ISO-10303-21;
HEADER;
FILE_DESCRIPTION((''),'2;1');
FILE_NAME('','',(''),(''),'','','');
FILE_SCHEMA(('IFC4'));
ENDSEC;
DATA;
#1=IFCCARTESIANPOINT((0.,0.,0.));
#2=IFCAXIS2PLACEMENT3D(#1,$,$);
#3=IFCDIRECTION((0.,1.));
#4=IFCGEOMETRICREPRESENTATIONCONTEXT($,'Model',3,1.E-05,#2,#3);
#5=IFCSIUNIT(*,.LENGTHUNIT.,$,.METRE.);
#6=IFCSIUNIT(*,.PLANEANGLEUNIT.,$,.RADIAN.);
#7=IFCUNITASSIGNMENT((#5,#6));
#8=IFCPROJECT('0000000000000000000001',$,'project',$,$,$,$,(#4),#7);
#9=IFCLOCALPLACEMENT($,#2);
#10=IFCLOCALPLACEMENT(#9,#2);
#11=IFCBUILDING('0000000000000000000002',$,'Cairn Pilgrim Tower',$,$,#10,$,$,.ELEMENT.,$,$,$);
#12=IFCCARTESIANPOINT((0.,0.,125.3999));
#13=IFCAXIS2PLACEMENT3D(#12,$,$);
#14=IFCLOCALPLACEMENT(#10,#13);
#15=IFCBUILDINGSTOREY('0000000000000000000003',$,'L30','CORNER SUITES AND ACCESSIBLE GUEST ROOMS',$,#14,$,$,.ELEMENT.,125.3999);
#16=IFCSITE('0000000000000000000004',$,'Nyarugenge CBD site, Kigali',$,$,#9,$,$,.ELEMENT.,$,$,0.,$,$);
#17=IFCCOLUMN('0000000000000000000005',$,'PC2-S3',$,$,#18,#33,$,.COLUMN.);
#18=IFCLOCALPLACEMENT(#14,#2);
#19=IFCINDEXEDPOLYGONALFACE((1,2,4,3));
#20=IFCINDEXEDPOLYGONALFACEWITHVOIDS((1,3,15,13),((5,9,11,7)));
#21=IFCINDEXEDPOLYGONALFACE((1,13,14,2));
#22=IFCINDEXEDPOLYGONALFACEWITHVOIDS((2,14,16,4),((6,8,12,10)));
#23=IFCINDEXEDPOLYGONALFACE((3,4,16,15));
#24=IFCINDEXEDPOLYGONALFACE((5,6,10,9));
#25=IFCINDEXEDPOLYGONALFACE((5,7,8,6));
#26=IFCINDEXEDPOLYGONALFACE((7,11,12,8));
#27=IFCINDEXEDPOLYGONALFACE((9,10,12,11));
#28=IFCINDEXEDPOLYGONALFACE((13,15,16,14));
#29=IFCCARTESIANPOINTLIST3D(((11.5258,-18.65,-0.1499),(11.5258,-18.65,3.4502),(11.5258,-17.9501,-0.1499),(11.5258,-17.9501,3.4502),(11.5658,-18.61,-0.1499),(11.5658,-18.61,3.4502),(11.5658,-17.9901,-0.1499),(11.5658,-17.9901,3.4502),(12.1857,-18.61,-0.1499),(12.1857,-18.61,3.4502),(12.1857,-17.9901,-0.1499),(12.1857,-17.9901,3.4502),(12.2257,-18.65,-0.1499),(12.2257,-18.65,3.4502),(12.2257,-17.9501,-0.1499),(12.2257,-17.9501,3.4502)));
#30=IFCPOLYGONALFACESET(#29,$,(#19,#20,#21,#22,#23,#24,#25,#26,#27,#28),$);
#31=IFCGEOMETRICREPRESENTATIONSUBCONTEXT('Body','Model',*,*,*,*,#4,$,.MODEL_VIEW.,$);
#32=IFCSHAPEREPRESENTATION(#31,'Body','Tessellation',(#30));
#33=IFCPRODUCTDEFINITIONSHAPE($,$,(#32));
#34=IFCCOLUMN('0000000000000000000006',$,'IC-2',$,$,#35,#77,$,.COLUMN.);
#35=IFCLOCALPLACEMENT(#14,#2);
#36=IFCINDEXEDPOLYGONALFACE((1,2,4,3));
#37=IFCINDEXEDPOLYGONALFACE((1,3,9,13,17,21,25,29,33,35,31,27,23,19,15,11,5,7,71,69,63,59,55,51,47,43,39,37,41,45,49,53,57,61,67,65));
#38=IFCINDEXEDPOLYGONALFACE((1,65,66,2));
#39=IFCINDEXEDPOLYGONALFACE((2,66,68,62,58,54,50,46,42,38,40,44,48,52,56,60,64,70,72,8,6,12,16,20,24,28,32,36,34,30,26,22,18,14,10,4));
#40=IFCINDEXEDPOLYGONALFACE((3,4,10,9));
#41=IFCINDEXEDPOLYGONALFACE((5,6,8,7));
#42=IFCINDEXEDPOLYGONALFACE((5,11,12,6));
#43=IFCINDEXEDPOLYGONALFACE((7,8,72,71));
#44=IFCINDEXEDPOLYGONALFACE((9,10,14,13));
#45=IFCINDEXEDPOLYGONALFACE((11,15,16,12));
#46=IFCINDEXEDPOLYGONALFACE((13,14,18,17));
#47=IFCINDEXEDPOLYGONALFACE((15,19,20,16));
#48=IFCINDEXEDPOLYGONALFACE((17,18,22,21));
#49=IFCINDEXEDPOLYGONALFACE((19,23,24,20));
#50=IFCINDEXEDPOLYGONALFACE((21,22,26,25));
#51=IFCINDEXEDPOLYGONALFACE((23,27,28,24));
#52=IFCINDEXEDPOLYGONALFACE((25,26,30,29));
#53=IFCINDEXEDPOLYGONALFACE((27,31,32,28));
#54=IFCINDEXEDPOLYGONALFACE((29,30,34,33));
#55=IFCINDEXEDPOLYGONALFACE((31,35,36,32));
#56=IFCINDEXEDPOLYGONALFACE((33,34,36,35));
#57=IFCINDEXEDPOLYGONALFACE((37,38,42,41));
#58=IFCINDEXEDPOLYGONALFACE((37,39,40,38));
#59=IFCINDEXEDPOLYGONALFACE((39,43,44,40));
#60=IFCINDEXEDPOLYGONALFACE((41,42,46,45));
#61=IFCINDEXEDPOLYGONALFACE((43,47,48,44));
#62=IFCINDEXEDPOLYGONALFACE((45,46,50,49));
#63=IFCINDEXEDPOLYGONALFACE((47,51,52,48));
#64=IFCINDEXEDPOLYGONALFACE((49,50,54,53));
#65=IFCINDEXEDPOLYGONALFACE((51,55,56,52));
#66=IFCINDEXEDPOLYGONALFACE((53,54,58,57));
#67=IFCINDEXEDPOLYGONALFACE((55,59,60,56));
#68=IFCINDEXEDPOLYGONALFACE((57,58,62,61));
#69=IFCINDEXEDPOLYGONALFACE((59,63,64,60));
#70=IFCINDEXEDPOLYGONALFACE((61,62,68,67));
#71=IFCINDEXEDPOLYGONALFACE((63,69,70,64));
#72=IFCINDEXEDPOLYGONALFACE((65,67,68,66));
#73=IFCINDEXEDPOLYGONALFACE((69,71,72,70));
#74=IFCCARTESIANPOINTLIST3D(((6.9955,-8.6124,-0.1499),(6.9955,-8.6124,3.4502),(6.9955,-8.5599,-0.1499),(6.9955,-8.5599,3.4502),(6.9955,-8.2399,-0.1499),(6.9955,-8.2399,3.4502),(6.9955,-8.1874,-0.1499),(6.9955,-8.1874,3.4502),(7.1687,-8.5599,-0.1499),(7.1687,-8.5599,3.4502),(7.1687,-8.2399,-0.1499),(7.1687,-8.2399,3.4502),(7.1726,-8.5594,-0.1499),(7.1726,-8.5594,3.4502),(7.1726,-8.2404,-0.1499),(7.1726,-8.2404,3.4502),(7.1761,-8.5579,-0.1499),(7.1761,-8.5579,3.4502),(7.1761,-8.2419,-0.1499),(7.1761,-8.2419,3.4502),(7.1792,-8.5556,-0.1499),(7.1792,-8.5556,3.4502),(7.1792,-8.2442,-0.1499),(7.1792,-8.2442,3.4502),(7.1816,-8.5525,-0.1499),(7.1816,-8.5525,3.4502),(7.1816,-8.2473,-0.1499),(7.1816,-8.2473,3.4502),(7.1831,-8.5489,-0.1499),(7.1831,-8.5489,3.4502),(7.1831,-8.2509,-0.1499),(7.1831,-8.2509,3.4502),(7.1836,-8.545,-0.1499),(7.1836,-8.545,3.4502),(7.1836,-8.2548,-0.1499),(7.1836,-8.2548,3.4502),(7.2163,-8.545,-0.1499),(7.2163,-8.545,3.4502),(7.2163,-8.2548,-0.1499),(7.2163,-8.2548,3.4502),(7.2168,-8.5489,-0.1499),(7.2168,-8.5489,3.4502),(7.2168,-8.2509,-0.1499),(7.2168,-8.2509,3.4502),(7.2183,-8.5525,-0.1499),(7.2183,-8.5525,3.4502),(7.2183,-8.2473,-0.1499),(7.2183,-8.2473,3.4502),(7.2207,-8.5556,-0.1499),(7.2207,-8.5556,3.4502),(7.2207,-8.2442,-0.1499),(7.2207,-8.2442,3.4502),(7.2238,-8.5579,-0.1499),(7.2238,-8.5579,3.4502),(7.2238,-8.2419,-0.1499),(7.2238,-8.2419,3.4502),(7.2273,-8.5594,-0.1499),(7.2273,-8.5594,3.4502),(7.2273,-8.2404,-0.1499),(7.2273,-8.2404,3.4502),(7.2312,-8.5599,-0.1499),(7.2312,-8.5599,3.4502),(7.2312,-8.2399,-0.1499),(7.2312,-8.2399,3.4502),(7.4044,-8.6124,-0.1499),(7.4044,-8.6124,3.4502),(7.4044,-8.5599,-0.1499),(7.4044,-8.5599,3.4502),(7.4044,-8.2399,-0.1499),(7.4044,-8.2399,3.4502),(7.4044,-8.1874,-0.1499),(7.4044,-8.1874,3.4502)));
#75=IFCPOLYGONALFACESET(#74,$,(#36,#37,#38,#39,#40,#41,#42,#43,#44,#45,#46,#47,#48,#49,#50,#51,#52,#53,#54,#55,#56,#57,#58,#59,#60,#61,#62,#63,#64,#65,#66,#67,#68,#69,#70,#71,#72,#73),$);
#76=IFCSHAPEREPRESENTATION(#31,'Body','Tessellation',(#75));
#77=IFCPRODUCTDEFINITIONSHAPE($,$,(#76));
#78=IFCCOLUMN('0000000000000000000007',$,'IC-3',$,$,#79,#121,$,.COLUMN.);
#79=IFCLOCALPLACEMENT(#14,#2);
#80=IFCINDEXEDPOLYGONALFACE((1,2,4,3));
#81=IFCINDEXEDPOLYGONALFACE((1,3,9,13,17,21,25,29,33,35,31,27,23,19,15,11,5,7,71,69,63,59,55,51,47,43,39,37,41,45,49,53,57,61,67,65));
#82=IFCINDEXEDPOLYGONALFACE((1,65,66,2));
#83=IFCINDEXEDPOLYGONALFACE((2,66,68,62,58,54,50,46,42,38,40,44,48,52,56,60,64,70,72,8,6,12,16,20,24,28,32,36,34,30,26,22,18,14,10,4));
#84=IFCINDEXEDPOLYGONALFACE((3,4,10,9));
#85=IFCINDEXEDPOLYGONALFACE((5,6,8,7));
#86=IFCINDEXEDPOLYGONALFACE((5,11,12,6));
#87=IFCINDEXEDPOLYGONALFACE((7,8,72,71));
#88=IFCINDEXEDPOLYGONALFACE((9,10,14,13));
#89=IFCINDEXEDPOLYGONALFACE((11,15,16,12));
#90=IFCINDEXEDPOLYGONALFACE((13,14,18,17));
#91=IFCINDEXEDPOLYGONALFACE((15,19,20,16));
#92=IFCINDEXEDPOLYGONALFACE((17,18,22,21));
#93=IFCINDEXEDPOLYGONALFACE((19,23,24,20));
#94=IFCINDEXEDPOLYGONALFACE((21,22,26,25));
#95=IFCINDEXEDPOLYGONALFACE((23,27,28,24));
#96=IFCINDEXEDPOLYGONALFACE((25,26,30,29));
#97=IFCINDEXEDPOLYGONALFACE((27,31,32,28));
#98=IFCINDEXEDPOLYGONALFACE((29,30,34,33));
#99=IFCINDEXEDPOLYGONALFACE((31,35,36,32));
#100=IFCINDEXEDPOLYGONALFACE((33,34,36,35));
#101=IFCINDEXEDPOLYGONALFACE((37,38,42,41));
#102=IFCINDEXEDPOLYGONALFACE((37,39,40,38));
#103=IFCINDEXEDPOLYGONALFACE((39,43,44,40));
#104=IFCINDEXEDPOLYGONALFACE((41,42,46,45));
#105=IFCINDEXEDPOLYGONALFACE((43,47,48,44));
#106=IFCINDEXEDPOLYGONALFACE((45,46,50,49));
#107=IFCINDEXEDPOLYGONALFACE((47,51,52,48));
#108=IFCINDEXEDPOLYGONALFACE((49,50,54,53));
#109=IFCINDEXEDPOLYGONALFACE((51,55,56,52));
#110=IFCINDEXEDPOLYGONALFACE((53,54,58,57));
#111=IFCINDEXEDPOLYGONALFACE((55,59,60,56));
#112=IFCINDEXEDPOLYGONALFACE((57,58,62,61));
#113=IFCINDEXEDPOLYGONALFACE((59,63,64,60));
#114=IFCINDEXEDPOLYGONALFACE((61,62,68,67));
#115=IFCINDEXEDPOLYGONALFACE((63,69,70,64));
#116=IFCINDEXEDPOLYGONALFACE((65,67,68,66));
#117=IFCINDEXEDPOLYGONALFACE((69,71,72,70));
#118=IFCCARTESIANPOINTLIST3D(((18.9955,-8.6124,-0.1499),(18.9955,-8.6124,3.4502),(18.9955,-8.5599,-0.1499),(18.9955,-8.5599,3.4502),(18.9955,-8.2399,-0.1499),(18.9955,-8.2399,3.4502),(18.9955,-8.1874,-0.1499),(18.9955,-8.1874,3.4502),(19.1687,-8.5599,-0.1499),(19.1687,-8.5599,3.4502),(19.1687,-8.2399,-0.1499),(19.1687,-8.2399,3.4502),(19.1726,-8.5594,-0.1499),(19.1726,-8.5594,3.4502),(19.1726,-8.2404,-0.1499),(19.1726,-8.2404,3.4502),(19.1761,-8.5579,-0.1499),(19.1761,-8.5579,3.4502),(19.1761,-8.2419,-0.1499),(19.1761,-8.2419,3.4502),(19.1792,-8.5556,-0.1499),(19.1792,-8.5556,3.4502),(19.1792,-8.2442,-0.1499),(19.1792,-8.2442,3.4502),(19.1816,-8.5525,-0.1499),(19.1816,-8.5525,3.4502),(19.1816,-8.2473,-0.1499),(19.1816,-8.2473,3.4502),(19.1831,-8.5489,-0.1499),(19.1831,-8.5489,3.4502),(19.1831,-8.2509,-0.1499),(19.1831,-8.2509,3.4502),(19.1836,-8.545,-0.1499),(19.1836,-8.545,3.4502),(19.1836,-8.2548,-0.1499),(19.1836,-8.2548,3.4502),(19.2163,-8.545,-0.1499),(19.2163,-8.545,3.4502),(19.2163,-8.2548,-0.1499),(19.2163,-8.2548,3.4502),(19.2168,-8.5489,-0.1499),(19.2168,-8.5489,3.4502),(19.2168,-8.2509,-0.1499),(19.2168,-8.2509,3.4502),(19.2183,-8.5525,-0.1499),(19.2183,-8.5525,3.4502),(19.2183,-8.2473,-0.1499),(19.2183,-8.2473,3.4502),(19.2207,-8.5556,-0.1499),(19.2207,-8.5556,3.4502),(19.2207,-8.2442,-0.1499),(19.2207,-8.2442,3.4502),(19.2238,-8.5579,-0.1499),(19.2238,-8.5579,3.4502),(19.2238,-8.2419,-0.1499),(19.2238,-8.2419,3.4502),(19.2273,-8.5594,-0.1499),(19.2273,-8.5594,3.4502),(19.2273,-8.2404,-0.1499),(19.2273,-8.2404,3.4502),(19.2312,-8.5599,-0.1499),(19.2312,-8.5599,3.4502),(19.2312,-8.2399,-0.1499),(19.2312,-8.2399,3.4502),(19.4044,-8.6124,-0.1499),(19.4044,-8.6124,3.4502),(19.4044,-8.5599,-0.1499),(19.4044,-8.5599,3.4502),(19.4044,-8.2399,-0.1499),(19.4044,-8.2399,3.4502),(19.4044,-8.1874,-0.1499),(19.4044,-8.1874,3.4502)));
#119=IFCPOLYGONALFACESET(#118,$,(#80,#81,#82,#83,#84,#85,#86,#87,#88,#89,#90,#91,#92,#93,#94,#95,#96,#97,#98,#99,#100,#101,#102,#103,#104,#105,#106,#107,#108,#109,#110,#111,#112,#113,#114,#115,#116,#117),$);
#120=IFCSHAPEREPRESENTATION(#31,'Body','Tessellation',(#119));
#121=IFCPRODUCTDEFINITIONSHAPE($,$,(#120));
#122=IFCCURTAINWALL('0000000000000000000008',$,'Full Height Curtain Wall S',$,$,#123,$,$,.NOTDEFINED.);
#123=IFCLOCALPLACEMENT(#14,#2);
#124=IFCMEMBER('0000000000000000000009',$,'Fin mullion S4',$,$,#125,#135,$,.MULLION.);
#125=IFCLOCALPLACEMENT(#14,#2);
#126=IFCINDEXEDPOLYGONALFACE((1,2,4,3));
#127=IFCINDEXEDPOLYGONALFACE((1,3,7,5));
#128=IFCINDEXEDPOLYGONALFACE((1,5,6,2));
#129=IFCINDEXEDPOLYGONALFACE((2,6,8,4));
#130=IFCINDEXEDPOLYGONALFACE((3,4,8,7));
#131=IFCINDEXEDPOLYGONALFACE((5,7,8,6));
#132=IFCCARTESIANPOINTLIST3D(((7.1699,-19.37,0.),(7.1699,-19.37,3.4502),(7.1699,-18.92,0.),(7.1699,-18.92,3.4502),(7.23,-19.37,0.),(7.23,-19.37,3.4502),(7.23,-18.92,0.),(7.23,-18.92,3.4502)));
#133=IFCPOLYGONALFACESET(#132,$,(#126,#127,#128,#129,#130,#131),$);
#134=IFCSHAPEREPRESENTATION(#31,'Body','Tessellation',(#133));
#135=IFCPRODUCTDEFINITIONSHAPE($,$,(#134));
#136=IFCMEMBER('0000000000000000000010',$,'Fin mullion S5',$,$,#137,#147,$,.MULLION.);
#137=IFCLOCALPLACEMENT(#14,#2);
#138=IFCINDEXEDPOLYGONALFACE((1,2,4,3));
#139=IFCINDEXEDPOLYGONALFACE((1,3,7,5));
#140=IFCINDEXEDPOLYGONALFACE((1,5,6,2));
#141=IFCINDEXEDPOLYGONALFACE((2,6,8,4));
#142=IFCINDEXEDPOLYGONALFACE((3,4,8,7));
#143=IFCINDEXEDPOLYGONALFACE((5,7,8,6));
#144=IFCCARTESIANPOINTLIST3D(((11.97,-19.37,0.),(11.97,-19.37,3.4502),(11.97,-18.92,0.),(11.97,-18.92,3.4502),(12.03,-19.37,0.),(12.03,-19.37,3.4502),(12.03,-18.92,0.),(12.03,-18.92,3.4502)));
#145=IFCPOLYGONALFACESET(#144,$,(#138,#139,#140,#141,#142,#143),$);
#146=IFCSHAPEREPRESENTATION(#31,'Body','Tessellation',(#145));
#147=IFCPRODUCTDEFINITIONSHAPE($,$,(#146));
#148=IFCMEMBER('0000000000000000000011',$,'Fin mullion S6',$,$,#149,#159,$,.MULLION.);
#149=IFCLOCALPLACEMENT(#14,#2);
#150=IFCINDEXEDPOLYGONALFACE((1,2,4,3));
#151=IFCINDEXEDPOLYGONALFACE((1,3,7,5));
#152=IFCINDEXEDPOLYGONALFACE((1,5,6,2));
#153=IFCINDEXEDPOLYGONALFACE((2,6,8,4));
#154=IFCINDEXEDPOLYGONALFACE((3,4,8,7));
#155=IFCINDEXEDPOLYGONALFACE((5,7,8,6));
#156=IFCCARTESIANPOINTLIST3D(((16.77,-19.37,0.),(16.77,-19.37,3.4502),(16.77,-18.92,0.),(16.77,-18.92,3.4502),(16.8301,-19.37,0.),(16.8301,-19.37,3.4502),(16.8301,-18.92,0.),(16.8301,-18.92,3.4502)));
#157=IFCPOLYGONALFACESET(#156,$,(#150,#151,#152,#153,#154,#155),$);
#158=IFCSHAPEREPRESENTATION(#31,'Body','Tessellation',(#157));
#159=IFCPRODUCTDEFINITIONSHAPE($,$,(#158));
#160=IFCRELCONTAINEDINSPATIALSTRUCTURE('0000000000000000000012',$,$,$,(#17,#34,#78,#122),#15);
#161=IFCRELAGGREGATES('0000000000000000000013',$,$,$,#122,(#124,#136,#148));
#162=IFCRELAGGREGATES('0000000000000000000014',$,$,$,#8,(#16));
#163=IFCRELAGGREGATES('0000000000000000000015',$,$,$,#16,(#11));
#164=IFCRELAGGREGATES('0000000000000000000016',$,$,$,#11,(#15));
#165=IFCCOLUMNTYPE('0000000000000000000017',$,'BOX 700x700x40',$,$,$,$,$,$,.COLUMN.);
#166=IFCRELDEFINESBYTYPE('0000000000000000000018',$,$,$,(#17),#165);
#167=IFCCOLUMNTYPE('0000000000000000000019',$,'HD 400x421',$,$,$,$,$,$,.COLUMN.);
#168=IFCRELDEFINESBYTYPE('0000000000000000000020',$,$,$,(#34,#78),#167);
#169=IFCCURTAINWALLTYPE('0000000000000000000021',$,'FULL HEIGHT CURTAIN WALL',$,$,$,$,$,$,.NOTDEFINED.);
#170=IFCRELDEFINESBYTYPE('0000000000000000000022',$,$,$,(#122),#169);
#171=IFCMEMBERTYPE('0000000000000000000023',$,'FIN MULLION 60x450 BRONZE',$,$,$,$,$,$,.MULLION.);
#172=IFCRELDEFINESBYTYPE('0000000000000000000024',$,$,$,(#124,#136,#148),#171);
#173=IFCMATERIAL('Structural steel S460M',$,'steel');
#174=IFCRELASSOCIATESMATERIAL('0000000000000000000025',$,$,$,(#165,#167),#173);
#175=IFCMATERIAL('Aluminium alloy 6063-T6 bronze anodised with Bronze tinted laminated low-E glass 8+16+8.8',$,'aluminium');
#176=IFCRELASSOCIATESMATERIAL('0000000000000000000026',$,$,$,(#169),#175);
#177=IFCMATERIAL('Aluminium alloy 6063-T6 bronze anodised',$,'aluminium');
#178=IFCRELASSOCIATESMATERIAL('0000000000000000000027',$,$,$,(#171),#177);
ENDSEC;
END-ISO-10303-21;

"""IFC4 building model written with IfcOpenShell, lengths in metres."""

from ifc_helpers import new_model, si_unit, direction, frame, origin, origin_2d, place, context, subcontext, project, spatial, rectangle, hollow_rectangle, i_section, extrude, material, material_profile, profile_set, type_object, element, aggregate, save


model = new_model("IFC4")

# Units and contexts
model_context = context("Model", 3, precision=1e-05, world=origin(), true_north=direction((0.0, 1.0)))
body_context = subcontext(model_context, "Body", "Model", "MODEL_VIEW")
ifc_project = project(units=[si_unit("LENGTHUNIT", "METRE"), si_unit("PLANEANGLEUNIT", "RADIAN")], contexts=[model_context])

# Site, building, storey
site_placement = place(None, origin())
site = spatial("IfcSite", under=ifc_project, at=site_placement, Name="Nyarugenge CBD site, Kigali", CompositionType="ELEMENT", RefElevation=0.0)
building_placement = place(site_placement, origin())
building = spatial("IfcBuilding", under=site, at=building_placement, Name="Cairn Pilgrim Tower", CompositionType="ELEMENT")
storey_placement = place(building_placement, frame((0.0, 0.0, 125.3999)))
storey = spatial("IfcBuildingStorey", under=building, at=storey_placement, Name="L30", Description="CORNER SUITES AND ACCESSIBLE GUEST ROOMS", CompositionType="ELEMENT", Elevation=125.3999)

# Columns
ifc_material_1 = material(Name="Structural steel S460M", Category="steel")
ifc_material_profile_1 = material_profile(ifc_material_1, hollow_rectangle(XDim=0.7, YDim=0.7, WallThickness=0.04, at=origin_2d()), Name="BOX 700x700x40")
ifc_profile_set_1 = profile_set([ifc_material_profile_1], Name="Structural steel S460M")
column_type_1 = type_object("IfcColumnType", Name="BOX 700x700x40", PredefinedType="COLUMN", material=ifc_profile_set_1)
column_placement = place(storey_placement, frame((11.8757, -18.3, -0.1499), z_axis=(0.0, 0.0, 1.0), x_axis=(1.0, 0.0, 0.0)))
element("IfcColumn", 1, at=column_placement, inside=storey, type_object=column_type_1, Name="PC2-S3", PredefinedType="COLUMN", context=body_context, shape_type="SweptSolid", body=[
    extrude(hollow_rectangle(XDim=0.7, YDim=0.7, WallThickness=0.04, at=origin_2d()), origin(), (0.0, 0.0, 1.0), 3.6001),
])
ifc_material_profile_2 = material_profile(ifc_material_1, i_section(OverallWidth=0.4089, OverallDepth=0.425, WebThickness=0.0327, FlangeThickness=0.0525, FilletRadius=0.0149, at=origin_2d()), Name="HD 400x421")
ifc_profile_set_2 = profile_set([ifc_material_profile_2], Name="Structural steel S460M")
column_type_2 = type_object("IfcColumnType", Name="HD 400x421", PredefinedType="COLUMN", material=ifc_profile_set_2)
for number, where, z_axis, x_axis, name in (
    (2, (7.2, -8.3999, -0.1499), (0.0, 0.0, 1.0), (1.0, 0.0, 0.0), "IC-2"),
    (3, (19.2, -8.3999, -0.1499), (0.0, 0.0, 1.0), (1.0, 0.0, 0.0), "IC-3"),
):
    element("IfcColumn", number, at=place(storey_placement, frame(where, z_axis=z_axis, x_axis=x_axis)), inside=storey, type_object=column_type_2, Name=name, PredefinedType="COLUMN", context=body_context, shape_type="SweptSolid", body=[
        extrude(i_section(OverallWidth=0.4089, OverallDepth=0.425, WebThickness=0.0327, FlangeThickness=0.0525, FilletRadius=0.0149, at=origin_2d()), origin(), (0.0, 0.0, 1.0), 3.6001),
    ])

# Curtain wall, members
ifc_material_2 = material(Name="Aluminium alloy 6063-T6 bronze anodised with Bronze tinted laminated low-E glass 8+16+8.8", Category="aluminium")
curtain_wall_type = type_object("IfcCurtainWallType", Name="FULL HEIGHT CURTAIN WALL", PredefinedType="NOTDEFINED", material=ifc_material_2)
curtain_wall_placement = place(storey_placement, origin())
curtain_wall = element("IfcCurtainWall", 4, at=curtain_wall_placement, inside=storey, type_object=curtain_wall_type, Name="Full Height Curtain Wall S", PredefinedType="NOTDEFINED")
ifc_material_3 = material(Name="Aluminium alloy 6063-T6 bronze anodised", Category="aluminium")
ifc_material_profile_3 = material_profile(ifc_material_3, rectangle(XDim=0.45, YDim=0.0601, at=origin_2d()), Name="FIN MULLION 60x450 BRONZE")
ifc_profile_set_3 = profile_set([ifc_material_profile_3], Name="Aluminium alloy 6063-T6 bronze anodised")
member_type_1 = type_object("IfcMemberType", Name="FIN MULLION 60x450 BRONZE", PredefinedType="MULLION", material=ifc_profile_set_3)
member_1_placement = place(storey_placement, frame((7.2, -19.145, 0.0), z_axis=(0.0, 0.0, 1.0), x_axis=(0.0, -1.0, 0.0)))
member_1 = element("IfcMember", 5, at=member_1_placement, type_object=member_type_1, Name="Fin mullion S4", PredefinedType="MULLION", context=body_context, shape_type="SweptSolid", body=[
    extrude(rectangle(XDim=0.45, YDim=0.0601, at=origin_2d()), origin(), (0.0, 0.0, 1.0), 3.4502),
])
member_2_placement = place(storey_placement, frame((12.0, -19.145, 0.0), z_axis=(0.0, 0.0, 1.0), x_axis=(0.0, -1.0, 0.0)))
member_2 = element("IfcMember", 6, at=member_2_placement, type_object=member_type_1, Name="Fin mullion S5", PredefinedType="MULLION", context=body_context, shape_type="SweptSolid", body=[
    extrude(rectangle(XDim=0.45, YDim=0.0601, at=origin_2d()), origin(), (0.0, 0.0, 1.0), 3.4502),
])
member_3_placement = place(storey_placement, frame((16.8, -19.145, 0.0), z_axis=(0.0, 0.0, 1.0), x_axis=(0.0, -1.0, 0.0)))
member_3 = element("IfcMember", 7, at=member_3_placement, type_object=member_type_1, Name="Fin mullion S6", PredefinedType="MULLION", context=body_context, shape_type="SweptSolid", body=[
    extrude(rectangle(XDim=0.45, YDim=0.0601, at=origin_2d()), origin(), (0.0, 0.0, 1.0), 3.4502),
])

aggregate(curtain_wall, [member_1, member_2, member_3])

save(model, "model.ifc")
